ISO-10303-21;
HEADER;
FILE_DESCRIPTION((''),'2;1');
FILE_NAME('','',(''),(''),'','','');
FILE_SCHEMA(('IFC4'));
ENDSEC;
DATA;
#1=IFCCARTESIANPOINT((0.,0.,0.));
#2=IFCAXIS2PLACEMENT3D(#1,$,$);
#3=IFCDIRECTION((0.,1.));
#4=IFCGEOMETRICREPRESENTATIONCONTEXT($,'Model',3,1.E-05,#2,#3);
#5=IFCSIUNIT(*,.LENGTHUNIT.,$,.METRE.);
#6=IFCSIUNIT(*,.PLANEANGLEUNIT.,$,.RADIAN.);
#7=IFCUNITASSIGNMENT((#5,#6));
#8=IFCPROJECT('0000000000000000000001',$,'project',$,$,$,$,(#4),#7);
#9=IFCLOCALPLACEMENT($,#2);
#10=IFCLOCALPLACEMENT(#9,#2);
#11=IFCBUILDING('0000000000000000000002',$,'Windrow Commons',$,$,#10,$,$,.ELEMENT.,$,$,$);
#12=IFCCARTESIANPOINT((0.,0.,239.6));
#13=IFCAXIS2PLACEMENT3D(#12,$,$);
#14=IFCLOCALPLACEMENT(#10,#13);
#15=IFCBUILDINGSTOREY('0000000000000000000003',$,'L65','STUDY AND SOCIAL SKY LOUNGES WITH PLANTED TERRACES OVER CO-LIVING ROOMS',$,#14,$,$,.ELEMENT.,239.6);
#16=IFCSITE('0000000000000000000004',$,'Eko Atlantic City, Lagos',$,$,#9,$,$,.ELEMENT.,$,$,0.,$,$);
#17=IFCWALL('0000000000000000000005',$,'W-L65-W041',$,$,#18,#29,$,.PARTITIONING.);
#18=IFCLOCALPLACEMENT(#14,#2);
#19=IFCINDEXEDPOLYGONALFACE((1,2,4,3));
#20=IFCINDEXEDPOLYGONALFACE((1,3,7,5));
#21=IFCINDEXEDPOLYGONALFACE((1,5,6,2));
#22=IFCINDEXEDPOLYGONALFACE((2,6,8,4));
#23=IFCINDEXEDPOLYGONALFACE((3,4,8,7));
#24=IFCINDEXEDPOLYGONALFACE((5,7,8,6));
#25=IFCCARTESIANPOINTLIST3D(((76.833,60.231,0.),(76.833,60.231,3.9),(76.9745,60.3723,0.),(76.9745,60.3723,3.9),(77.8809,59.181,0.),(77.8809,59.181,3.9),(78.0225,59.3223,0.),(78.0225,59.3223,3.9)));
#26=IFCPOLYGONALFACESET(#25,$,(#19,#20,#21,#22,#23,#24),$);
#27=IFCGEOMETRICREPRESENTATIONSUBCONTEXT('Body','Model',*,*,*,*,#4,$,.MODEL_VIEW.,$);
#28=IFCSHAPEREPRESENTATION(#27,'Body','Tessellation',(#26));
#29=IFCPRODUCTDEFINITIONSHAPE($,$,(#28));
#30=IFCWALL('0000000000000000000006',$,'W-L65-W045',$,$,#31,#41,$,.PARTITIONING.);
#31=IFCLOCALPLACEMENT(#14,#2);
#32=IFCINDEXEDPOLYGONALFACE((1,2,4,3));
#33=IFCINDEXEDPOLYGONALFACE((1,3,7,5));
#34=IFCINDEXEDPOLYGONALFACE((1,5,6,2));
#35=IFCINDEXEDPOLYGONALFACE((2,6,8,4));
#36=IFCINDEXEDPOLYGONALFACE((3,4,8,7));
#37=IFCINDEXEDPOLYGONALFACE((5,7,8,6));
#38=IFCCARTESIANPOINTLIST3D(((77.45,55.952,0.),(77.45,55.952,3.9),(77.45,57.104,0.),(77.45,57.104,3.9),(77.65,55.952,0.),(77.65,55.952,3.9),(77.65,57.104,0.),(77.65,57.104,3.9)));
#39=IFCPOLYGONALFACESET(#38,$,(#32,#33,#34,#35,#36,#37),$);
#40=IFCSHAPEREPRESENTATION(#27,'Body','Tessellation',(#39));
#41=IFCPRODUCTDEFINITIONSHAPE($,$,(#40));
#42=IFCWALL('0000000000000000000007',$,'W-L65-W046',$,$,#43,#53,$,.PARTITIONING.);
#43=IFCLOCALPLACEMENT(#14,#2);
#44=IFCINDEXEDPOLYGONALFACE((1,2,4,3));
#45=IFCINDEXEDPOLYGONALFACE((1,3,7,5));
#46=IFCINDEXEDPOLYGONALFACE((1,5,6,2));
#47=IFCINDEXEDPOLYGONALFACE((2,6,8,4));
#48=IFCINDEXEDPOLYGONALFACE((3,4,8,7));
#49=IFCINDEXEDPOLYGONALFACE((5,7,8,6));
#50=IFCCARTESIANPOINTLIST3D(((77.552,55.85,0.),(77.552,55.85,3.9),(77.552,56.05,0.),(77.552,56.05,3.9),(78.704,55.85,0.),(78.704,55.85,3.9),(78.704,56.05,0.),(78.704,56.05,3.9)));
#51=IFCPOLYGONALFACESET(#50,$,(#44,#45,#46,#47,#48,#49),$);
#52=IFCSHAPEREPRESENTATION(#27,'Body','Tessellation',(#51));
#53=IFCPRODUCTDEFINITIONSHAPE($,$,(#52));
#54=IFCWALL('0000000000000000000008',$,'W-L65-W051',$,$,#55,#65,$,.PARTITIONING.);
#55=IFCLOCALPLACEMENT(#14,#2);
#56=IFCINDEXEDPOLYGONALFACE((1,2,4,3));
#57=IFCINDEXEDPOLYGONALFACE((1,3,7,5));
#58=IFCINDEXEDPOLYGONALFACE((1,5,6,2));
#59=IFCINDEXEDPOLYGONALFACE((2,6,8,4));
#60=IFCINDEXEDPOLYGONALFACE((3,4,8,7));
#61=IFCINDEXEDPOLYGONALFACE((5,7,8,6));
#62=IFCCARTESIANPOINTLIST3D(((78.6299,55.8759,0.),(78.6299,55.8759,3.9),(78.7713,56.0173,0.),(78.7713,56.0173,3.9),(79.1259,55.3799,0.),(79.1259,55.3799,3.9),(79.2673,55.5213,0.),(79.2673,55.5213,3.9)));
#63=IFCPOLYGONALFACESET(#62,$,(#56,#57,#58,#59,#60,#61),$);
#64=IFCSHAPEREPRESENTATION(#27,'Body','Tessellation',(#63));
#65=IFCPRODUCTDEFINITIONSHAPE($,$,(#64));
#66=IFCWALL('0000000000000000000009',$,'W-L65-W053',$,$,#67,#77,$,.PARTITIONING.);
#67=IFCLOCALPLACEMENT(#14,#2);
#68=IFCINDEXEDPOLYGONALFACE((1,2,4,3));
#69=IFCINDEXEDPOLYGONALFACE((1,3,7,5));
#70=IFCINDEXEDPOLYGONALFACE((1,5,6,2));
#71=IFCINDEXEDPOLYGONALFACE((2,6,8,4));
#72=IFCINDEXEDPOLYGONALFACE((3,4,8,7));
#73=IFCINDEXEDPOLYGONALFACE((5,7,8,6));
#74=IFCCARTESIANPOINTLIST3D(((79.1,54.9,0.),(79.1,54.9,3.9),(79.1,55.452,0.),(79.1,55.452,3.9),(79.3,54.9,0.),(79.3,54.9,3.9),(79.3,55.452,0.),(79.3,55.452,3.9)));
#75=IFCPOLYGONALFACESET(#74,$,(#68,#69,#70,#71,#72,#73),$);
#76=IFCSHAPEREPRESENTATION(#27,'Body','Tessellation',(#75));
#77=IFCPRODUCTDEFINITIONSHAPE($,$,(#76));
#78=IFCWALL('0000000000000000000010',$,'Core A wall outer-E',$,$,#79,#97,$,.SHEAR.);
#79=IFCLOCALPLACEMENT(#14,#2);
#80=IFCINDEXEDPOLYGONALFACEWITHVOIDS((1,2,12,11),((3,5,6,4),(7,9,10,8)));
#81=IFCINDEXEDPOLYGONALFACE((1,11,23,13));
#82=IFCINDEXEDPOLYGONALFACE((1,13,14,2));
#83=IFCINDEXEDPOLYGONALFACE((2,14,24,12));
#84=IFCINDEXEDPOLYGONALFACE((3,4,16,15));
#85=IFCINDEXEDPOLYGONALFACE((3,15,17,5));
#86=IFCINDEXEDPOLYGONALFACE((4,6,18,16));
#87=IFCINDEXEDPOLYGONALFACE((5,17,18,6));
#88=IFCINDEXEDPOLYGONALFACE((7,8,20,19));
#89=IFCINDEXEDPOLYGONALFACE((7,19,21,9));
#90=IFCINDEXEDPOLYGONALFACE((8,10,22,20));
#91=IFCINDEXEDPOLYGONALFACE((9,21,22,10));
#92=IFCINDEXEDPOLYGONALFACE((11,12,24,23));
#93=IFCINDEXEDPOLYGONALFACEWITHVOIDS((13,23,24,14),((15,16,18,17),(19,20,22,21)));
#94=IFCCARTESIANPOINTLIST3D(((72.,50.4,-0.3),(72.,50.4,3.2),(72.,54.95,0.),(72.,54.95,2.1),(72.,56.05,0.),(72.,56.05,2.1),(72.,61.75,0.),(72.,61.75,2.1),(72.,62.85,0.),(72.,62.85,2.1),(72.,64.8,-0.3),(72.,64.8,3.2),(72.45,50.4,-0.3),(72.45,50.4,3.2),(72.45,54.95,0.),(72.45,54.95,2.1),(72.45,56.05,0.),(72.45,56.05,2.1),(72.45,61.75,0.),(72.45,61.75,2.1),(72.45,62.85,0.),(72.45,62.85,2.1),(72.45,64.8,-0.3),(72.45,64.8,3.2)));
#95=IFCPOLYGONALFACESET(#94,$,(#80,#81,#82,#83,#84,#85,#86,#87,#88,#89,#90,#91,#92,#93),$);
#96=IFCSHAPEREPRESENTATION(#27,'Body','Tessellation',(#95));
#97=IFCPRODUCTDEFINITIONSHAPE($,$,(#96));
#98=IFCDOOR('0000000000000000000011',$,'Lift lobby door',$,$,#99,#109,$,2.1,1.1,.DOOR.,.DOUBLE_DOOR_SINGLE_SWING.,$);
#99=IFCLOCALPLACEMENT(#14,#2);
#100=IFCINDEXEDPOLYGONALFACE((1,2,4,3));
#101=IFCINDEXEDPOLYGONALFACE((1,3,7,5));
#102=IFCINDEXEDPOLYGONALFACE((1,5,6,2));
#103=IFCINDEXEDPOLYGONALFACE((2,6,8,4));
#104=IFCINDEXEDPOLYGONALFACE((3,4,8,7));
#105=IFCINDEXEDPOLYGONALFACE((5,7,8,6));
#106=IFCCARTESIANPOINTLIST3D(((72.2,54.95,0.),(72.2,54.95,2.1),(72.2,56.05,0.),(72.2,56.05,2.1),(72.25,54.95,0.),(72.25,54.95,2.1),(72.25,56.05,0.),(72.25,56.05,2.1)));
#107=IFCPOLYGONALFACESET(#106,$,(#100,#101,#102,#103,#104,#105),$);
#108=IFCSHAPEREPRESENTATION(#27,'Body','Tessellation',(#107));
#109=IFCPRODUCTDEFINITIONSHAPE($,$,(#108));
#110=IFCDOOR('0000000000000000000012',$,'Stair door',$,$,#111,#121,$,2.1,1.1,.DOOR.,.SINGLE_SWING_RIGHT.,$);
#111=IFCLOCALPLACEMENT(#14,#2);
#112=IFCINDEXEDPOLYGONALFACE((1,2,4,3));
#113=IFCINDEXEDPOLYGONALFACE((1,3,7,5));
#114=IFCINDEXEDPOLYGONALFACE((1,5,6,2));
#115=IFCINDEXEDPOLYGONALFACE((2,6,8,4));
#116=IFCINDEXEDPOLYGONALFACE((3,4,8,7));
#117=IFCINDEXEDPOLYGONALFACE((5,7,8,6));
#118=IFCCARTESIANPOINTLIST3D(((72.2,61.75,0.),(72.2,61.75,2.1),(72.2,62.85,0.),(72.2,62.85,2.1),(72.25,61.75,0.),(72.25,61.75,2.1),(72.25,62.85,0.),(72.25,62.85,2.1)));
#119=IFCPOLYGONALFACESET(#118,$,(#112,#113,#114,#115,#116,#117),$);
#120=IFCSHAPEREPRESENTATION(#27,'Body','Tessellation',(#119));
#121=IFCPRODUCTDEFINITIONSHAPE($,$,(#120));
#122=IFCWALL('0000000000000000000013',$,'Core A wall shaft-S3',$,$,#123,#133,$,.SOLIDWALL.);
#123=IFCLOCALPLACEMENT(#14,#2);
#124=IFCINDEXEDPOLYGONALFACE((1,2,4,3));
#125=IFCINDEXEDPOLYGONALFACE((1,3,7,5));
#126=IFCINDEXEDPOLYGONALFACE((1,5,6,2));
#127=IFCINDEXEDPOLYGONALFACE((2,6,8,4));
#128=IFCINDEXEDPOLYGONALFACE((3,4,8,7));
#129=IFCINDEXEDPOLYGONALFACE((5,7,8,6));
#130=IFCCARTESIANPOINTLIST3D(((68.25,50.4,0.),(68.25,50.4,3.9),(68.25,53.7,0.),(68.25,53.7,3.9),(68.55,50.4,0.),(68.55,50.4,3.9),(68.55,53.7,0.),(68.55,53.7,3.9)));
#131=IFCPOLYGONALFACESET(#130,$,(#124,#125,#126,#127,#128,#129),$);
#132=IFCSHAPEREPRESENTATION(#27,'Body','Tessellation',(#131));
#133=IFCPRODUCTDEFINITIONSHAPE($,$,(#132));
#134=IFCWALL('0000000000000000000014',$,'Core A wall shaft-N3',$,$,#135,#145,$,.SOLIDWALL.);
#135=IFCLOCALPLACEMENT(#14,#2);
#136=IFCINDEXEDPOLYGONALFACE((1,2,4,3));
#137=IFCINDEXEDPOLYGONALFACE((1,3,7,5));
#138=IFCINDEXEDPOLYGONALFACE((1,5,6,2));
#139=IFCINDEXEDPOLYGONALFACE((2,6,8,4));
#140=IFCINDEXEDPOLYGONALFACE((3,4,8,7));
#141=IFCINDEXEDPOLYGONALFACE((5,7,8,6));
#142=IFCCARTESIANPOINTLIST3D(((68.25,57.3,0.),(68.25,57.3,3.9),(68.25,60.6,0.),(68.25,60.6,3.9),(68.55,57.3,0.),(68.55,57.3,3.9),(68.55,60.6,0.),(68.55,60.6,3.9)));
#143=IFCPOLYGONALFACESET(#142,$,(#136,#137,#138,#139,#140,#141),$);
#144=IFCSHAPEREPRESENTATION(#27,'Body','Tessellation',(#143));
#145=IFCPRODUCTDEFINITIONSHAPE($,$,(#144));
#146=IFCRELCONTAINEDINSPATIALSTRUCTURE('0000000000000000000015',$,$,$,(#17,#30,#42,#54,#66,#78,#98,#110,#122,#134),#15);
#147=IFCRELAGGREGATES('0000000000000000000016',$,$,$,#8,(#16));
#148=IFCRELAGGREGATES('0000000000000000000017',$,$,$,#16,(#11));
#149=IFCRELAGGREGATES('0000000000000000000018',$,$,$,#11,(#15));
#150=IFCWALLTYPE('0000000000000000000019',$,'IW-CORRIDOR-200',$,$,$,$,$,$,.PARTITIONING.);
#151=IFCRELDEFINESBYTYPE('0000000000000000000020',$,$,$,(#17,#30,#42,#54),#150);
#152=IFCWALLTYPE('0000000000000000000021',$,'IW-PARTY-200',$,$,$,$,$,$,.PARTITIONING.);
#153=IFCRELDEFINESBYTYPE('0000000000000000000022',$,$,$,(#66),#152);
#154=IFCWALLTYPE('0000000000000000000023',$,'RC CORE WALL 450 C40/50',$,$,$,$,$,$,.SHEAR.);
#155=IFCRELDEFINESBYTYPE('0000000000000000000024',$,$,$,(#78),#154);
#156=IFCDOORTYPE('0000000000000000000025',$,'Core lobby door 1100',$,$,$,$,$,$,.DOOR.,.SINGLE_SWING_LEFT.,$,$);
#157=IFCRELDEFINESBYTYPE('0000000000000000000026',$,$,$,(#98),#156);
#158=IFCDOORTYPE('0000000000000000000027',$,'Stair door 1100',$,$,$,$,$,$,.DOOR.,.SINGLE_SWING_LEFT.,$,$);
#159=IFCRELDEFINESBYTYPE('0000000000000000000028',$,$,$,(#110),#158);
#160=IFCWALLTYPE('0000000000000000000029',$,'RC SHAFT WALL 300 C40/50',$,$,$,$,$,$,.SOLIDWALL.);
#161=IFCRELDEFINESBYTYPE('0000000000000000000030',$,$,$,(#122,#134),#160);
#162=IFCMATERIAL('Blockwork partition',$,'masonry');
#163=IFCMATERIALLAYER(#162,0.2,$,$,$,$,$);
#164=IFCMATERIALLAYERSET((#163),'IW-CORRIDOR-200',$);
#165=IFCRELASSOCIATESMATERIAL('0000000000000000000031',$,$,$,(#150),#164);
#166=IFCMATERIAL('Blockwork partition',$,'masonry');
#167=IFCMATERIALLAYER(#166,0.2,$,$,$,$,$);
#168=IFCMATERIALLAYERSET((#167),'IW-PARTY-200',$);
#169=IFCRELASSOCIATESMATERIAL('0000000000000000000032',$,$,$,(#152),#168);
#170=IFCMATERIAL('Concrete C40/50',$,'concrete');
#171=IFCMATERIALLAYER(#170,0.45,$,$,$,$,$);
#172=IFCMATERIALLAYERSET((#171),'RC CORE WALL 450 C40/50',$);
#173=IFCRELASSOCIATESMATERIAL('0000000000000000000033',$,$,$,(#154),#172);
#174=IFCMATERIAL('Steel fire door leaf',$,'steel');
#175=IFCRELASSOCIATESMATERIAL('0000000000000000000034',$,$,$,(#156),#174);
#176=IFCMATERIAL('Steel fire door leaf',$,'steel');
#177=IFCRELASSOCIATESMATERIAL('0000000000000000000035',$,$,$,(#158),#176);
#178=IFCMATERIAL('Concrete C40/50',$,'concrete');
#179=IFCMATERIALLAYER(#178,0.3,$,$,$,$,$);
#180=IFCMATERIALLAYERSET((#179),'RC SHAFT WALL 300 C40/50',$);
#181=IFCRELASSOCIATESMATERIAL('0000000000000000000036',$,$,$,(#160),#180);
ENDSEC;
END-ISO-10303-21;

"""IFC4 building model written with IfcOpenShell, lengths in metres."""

from ifc_helpers import new_model, si_unit, direction, frame, frame_2d, origin, place, context, subcontext, project, spatial, rectangle, extrude, material, layer, layer_set, type_object, element, fill, save


model = new_model("IFC4")

# Units and contexts
model_context = context("Model", 3, precision=1e-05, world=origin(), true_north=direction((0.0, 1.0)))
body_context = subcontext(model_context, "Body", "Model", "MODEL_VIEW")
ifc_project = project(units=[si_unit("LENGTHUNIT", "METRE"), si_unit("PLANEANGLEUNIT", "RADIAN")], contexts=[model_context])

# Site, building, storey
site_placement = place(None, origin())
site = spatial("IfcSite", under=ifc_project, at=site_placement, Name="Eko Atlantic City, Lagos", CompositionType="ELEMENT", RefElevation=0.0)
building_placement = place(site_placement, origin())
building = spatial("IfcBuilding", under=site, at=building_placement, Name="Windrow Commons", CompositionType="ELEMENT")
storey_placement = place(building_placement, frame((0.0, 0.0, 239.6)))
storey = spatial("IfcBuildingStorey", under=building, at=storey_placement, Name="L65", Description="STUDY AND SOCIAL SKY LOUNGES WITH PLANTED TERRACES OVER CO-LIVING ROOMS", CompositionType="ELEMENT", Elevation=239.6)

# Shared definitions
ifc_material_1 = material(Name="Blockwork partition", Category="masonry")
ifc_layer_1 = layer(ifc_material_1, 0.2)
ifc_layer_set_1 = layer_set([ifc_layer_1], Name="IW-CORRIDOR-200")
wall_type_1 = type_object("IfcWallType", Name="IW-CORRIDOR-200", PredefinedType="PARTITIONING", material=ifc_layer_set_1)

# Walls
wall_1_placement = place(storey_placement, frame((76.9037, 60.3017, 0.0), z_axis=(0.0, 0.0, 1.0), x_axis=(0.706432, -0.707781, 0.0)))
element("IfcWall", 1, at=wall_1_placement, inside=storey, type_object=wall_type_1, Name="W-L65-W041", PredefinedType="PARTITIONING", context=body_context, shape_type="SweptSolid", body=[
    extrude(rectangle(XDim=1.4835, YDim=0.2, at=frame_2d((0.7418, 0.0))), origin(), (0.0, 0.0, 1.0), 3.9),
])
for number, where, z_axis, x_axis, name in (
    (2, (77.55, 55.952, 0.0), (0.0, 0.0, 1.0), (0.0, 1.0, 0.0), "W-L65-W045"),
    (3, (77.552, 55.95, 0.0), (0.0, 0.0, 1.0), (1.0, 0.0, 0.0), "W-L65-W046"),
):
    element("IfcWall", number, at=place(storey_placement, frame(where, z_axis=z_axis, x_axis=x_axis)), inside=storey, type_object=wall_type_1, Name=name, PredefinedType="PARTITIONING", context=body_context, shape_type="SweptSolid", body=[
        extrude(rectangle(XDim=1.152, YDim=0.2, at=frame_2d((0.576, 0.0))), origin(), (0.0, 0.0, 1.0), 3.9),
    ])
wall_2_placement = place(storey_placement, frame((78.7006, 55.9466, 0.0), z_axis=(0.0, 0.0, 1.0), x_axis=(0.707107, -0.707107, 0.0)))
element("IfcWall", 4, at=wall_2_placement, inside=storey, type_object=wall_type_1, Name="W-L65-W051", PredefinedType="PARTITIONING", context=body_context, shape_type="SweptSolid", body=[
    extrude(rectangle(XDim=0.7014, YDim=0.2, at=frame_2d((0.3507, 0.0))), origin(), (0.0, 0.0, 1.0), 3.9),
])
ifc_material_2 = material(Name="Blockwork partition", Category="masonry")
ifc_layer_2 = layer(ifc_material_2, 0.2)
ifc_layer_set_2 = layer_set([ifc_layer_2], Name="IW-PARTY-200")
wall_type_2 = type_object("IfcWallType", Name="IW-PARTY-200", PredefinedType="PARTITIONING", material=ifc_layer_set_2)
wall_3_placement = place(storey_placement, frame((79.2, 54.9, 0.0), z_axis=(0.0, 0.0, 1.0), x_axis=(0.0, 1.0, 0.0)))
element("IfcWall", 5, at=wall_3_placement, inside=storey, type_object=wall_type_2, Name="W-L65-W053", PredefinedType="PARTITIONING", context=body_context, shape_type="SweptSolid", body=[
    extrude(rectangle(XDim=0.552, YDim=0.2, at=frame_2d((0.276, 0.0))), origin(), (0.0, 0.0, 1.0), 3.9),
])

# Wall, openings, doors
ifc_material_3 = material(Name="Concrete C40/50", Category="concrete")
ifc_layer_3 = layer(ifc_material_3, 0.45)
ifc_layer_set_3 = layer_set([ifc_layer_3], Name="RC CORE WALL 450 C40/50")
wall_type_3 = type_object("IfcWallType", Name="RC CORE WALL 450 C40/50", PredefinedType="SHEAR", material=ifc_layer_set_3)
wall_4_placement = place(storey_placement, frame((72.225, 50.4, -0.3), z_axis=(0.0, 0.0, 1.0), x_axis=(0.0, 1.0, 0.0)))
wall_4 = element("IfcWall", 6, at=wall_4_placement, inside=storey, type_object=wall_type_3, Name="Core A wall outer-E", PredefinedType="SHEAR", context=body_context, shape_type="SweptSolid", body=[
    extrude(rectangle(XDim=14.4, YDim=0.45, at=frame_2d((7.2, 0.0))), origin(), (0.0, 0.0, 1.0), 3.5),
])
opening_1_placement = place(wall_4_placement, frame((4.55, 0.0, 0.3)))
opening_1 = element("IfcOpeningElement", 7, at=opening_1_placement, cuts=wall_4, PredefinedType="OPENING", context=body_context, shape_type="SweptSolid", body=[
    extrude(rectangle(XDim=1.1, YDim=2.1, at=frame_2d((0.55, 1.05))), frame((0.0, 0.235, 0.0), z_axis=(0.0, -1.0, 0.0), x_axis=(1.0, 0.0, 0.0)), (0.0, 0.0, 1.0), 0.47),
])
opening_2_placement = place(wall_4_placement, frame((11.35, 0.0, 0.3)))
opening_2 = element("IfcOpeningElement", 8, at=opening_2_placement, cuts=wall_4, PredefinedType="OPENING", context=body_context, shape_type="SweptSolid", body=[
    extrude(rectangle(XDim=1.1, YDim=2.1, at=frame_2d((0.55, 1.05))), frame((0.0, 0.235, 0.0), z_axis=(0.0, -1.0, 0.0), x_axis=(1.0, 0.0, 0.0)), (0.0, 0.0, 1.0), 0.47),
])
ifc_material_4 = material(Name="Steel fire door leaf", Category="steel")
door_type_1 = type_object("IfcDoorType", Name="Core lobby door 1100", OperationType="SINGLE_SWING_LEFT", PredefinedType="DOOR", material=ifc_material_4)
door_1_placement = place(opening_1_placement, origin())
door_1 = element("IfcDoor", 9, at=door_1_placement, inside=storey, type_object=door_type_1, Name="Lift lobby door", OperationType="DOUBLE_DOOR_SINGLE_SWING", OverallHeight=2.1, OverallWidth=1.1, PredefinedType="DOOR", context=body_context, shape_type="SweptSolid", body=[
    extrude(rectangle(XDim=1.1, YDim=2.1, at=frame_2d((0.55, 1.05))), frame((0.0, 0.025, 0.0), z_axis=(0.0, -1.0, 0.0), x_axis=(1.0, 0.0, 0.0)), (0.0, 0.0, 1.0), 0.05),
])
fill(opening_1, door_1)
ifc_material_5 = material(Name="Steel fire door leaf", Category="steel")
door_type_2 = type_object("IfcDoorType", Name="Stair door 1100", OperationType="SINGLE_SWING_LEFT", PredefinedType="DOOR", material=ifc_material_5)
door_2_placement = place(opening_2_placement, origin())
door_2 = element("IfcDoor", 10, at=door_2_placement, inside=storey, type_object=door_type_2, Name="Stair door", OperationType="SINGLE_SWING_RIGHT", OverallHeight=2.1, OverallWidth=1.1, PredefinedType="DOOR", context=body_context, shape_type="SweptSolid", body=[
    extrude(rectangle(XDim=1.1, YDim=2.1, at=frame_2d((0.55, 1.05))), frame((0.0, 0.025, 0.0), z_axis=(0.0, -1.0, 0.0), x_axis=(1.0, 0.0, 0.0)), (0.0, 0.0, 1.0), 0.05),
])
fill(opening_2, door_2)

# Walls
ifc_material_6 = material(Name="Concrete C40/50", Category="concrete")
ifc_layer_4 = layer(ifc_material_6, 0.3)
ifc_layer_set_4 = layer_set([ifc_layer_4], Name="RC SHAFT WALL 300 C40/50")
wall_type_4 = type_object("IfcWallType", Name="RC SHAFT WALL 300 C40/50", PredefinedType="SOLIDWALL", material=ifc_layer_set_4)
for number, where, z_axis, x_axis, name in (
    (11, (68.4, 50.4, 0.0), (0.0, 0.0, 1.0), (0.0, 1.0, 0.0), "Core A wall shaft-S3"),
    (12, (68.4, 57.3, 0.0), (0.0, 0.0, 1.0), (0.0, 1.0, 0.0), "Core A wall shaft-N3"),
):
    element("IfcWall", number, at=place(storey_placement, frame(where, z_axis=z_axis, x_axis=x_axis)), inside=storey, type_object=wall_type_4, Name=name, PredefinedType="SOLIDWALL", context=body_context, shape_type="SweptSolid", body=[
        extrude(rectangle(XDim=3.3, YDim=0.3, at=frame_2d((1.65, 0.0))), origin(), (0.0, 0.0, 1.0), 3.9),
    ])

save(model, "model.ifc")
